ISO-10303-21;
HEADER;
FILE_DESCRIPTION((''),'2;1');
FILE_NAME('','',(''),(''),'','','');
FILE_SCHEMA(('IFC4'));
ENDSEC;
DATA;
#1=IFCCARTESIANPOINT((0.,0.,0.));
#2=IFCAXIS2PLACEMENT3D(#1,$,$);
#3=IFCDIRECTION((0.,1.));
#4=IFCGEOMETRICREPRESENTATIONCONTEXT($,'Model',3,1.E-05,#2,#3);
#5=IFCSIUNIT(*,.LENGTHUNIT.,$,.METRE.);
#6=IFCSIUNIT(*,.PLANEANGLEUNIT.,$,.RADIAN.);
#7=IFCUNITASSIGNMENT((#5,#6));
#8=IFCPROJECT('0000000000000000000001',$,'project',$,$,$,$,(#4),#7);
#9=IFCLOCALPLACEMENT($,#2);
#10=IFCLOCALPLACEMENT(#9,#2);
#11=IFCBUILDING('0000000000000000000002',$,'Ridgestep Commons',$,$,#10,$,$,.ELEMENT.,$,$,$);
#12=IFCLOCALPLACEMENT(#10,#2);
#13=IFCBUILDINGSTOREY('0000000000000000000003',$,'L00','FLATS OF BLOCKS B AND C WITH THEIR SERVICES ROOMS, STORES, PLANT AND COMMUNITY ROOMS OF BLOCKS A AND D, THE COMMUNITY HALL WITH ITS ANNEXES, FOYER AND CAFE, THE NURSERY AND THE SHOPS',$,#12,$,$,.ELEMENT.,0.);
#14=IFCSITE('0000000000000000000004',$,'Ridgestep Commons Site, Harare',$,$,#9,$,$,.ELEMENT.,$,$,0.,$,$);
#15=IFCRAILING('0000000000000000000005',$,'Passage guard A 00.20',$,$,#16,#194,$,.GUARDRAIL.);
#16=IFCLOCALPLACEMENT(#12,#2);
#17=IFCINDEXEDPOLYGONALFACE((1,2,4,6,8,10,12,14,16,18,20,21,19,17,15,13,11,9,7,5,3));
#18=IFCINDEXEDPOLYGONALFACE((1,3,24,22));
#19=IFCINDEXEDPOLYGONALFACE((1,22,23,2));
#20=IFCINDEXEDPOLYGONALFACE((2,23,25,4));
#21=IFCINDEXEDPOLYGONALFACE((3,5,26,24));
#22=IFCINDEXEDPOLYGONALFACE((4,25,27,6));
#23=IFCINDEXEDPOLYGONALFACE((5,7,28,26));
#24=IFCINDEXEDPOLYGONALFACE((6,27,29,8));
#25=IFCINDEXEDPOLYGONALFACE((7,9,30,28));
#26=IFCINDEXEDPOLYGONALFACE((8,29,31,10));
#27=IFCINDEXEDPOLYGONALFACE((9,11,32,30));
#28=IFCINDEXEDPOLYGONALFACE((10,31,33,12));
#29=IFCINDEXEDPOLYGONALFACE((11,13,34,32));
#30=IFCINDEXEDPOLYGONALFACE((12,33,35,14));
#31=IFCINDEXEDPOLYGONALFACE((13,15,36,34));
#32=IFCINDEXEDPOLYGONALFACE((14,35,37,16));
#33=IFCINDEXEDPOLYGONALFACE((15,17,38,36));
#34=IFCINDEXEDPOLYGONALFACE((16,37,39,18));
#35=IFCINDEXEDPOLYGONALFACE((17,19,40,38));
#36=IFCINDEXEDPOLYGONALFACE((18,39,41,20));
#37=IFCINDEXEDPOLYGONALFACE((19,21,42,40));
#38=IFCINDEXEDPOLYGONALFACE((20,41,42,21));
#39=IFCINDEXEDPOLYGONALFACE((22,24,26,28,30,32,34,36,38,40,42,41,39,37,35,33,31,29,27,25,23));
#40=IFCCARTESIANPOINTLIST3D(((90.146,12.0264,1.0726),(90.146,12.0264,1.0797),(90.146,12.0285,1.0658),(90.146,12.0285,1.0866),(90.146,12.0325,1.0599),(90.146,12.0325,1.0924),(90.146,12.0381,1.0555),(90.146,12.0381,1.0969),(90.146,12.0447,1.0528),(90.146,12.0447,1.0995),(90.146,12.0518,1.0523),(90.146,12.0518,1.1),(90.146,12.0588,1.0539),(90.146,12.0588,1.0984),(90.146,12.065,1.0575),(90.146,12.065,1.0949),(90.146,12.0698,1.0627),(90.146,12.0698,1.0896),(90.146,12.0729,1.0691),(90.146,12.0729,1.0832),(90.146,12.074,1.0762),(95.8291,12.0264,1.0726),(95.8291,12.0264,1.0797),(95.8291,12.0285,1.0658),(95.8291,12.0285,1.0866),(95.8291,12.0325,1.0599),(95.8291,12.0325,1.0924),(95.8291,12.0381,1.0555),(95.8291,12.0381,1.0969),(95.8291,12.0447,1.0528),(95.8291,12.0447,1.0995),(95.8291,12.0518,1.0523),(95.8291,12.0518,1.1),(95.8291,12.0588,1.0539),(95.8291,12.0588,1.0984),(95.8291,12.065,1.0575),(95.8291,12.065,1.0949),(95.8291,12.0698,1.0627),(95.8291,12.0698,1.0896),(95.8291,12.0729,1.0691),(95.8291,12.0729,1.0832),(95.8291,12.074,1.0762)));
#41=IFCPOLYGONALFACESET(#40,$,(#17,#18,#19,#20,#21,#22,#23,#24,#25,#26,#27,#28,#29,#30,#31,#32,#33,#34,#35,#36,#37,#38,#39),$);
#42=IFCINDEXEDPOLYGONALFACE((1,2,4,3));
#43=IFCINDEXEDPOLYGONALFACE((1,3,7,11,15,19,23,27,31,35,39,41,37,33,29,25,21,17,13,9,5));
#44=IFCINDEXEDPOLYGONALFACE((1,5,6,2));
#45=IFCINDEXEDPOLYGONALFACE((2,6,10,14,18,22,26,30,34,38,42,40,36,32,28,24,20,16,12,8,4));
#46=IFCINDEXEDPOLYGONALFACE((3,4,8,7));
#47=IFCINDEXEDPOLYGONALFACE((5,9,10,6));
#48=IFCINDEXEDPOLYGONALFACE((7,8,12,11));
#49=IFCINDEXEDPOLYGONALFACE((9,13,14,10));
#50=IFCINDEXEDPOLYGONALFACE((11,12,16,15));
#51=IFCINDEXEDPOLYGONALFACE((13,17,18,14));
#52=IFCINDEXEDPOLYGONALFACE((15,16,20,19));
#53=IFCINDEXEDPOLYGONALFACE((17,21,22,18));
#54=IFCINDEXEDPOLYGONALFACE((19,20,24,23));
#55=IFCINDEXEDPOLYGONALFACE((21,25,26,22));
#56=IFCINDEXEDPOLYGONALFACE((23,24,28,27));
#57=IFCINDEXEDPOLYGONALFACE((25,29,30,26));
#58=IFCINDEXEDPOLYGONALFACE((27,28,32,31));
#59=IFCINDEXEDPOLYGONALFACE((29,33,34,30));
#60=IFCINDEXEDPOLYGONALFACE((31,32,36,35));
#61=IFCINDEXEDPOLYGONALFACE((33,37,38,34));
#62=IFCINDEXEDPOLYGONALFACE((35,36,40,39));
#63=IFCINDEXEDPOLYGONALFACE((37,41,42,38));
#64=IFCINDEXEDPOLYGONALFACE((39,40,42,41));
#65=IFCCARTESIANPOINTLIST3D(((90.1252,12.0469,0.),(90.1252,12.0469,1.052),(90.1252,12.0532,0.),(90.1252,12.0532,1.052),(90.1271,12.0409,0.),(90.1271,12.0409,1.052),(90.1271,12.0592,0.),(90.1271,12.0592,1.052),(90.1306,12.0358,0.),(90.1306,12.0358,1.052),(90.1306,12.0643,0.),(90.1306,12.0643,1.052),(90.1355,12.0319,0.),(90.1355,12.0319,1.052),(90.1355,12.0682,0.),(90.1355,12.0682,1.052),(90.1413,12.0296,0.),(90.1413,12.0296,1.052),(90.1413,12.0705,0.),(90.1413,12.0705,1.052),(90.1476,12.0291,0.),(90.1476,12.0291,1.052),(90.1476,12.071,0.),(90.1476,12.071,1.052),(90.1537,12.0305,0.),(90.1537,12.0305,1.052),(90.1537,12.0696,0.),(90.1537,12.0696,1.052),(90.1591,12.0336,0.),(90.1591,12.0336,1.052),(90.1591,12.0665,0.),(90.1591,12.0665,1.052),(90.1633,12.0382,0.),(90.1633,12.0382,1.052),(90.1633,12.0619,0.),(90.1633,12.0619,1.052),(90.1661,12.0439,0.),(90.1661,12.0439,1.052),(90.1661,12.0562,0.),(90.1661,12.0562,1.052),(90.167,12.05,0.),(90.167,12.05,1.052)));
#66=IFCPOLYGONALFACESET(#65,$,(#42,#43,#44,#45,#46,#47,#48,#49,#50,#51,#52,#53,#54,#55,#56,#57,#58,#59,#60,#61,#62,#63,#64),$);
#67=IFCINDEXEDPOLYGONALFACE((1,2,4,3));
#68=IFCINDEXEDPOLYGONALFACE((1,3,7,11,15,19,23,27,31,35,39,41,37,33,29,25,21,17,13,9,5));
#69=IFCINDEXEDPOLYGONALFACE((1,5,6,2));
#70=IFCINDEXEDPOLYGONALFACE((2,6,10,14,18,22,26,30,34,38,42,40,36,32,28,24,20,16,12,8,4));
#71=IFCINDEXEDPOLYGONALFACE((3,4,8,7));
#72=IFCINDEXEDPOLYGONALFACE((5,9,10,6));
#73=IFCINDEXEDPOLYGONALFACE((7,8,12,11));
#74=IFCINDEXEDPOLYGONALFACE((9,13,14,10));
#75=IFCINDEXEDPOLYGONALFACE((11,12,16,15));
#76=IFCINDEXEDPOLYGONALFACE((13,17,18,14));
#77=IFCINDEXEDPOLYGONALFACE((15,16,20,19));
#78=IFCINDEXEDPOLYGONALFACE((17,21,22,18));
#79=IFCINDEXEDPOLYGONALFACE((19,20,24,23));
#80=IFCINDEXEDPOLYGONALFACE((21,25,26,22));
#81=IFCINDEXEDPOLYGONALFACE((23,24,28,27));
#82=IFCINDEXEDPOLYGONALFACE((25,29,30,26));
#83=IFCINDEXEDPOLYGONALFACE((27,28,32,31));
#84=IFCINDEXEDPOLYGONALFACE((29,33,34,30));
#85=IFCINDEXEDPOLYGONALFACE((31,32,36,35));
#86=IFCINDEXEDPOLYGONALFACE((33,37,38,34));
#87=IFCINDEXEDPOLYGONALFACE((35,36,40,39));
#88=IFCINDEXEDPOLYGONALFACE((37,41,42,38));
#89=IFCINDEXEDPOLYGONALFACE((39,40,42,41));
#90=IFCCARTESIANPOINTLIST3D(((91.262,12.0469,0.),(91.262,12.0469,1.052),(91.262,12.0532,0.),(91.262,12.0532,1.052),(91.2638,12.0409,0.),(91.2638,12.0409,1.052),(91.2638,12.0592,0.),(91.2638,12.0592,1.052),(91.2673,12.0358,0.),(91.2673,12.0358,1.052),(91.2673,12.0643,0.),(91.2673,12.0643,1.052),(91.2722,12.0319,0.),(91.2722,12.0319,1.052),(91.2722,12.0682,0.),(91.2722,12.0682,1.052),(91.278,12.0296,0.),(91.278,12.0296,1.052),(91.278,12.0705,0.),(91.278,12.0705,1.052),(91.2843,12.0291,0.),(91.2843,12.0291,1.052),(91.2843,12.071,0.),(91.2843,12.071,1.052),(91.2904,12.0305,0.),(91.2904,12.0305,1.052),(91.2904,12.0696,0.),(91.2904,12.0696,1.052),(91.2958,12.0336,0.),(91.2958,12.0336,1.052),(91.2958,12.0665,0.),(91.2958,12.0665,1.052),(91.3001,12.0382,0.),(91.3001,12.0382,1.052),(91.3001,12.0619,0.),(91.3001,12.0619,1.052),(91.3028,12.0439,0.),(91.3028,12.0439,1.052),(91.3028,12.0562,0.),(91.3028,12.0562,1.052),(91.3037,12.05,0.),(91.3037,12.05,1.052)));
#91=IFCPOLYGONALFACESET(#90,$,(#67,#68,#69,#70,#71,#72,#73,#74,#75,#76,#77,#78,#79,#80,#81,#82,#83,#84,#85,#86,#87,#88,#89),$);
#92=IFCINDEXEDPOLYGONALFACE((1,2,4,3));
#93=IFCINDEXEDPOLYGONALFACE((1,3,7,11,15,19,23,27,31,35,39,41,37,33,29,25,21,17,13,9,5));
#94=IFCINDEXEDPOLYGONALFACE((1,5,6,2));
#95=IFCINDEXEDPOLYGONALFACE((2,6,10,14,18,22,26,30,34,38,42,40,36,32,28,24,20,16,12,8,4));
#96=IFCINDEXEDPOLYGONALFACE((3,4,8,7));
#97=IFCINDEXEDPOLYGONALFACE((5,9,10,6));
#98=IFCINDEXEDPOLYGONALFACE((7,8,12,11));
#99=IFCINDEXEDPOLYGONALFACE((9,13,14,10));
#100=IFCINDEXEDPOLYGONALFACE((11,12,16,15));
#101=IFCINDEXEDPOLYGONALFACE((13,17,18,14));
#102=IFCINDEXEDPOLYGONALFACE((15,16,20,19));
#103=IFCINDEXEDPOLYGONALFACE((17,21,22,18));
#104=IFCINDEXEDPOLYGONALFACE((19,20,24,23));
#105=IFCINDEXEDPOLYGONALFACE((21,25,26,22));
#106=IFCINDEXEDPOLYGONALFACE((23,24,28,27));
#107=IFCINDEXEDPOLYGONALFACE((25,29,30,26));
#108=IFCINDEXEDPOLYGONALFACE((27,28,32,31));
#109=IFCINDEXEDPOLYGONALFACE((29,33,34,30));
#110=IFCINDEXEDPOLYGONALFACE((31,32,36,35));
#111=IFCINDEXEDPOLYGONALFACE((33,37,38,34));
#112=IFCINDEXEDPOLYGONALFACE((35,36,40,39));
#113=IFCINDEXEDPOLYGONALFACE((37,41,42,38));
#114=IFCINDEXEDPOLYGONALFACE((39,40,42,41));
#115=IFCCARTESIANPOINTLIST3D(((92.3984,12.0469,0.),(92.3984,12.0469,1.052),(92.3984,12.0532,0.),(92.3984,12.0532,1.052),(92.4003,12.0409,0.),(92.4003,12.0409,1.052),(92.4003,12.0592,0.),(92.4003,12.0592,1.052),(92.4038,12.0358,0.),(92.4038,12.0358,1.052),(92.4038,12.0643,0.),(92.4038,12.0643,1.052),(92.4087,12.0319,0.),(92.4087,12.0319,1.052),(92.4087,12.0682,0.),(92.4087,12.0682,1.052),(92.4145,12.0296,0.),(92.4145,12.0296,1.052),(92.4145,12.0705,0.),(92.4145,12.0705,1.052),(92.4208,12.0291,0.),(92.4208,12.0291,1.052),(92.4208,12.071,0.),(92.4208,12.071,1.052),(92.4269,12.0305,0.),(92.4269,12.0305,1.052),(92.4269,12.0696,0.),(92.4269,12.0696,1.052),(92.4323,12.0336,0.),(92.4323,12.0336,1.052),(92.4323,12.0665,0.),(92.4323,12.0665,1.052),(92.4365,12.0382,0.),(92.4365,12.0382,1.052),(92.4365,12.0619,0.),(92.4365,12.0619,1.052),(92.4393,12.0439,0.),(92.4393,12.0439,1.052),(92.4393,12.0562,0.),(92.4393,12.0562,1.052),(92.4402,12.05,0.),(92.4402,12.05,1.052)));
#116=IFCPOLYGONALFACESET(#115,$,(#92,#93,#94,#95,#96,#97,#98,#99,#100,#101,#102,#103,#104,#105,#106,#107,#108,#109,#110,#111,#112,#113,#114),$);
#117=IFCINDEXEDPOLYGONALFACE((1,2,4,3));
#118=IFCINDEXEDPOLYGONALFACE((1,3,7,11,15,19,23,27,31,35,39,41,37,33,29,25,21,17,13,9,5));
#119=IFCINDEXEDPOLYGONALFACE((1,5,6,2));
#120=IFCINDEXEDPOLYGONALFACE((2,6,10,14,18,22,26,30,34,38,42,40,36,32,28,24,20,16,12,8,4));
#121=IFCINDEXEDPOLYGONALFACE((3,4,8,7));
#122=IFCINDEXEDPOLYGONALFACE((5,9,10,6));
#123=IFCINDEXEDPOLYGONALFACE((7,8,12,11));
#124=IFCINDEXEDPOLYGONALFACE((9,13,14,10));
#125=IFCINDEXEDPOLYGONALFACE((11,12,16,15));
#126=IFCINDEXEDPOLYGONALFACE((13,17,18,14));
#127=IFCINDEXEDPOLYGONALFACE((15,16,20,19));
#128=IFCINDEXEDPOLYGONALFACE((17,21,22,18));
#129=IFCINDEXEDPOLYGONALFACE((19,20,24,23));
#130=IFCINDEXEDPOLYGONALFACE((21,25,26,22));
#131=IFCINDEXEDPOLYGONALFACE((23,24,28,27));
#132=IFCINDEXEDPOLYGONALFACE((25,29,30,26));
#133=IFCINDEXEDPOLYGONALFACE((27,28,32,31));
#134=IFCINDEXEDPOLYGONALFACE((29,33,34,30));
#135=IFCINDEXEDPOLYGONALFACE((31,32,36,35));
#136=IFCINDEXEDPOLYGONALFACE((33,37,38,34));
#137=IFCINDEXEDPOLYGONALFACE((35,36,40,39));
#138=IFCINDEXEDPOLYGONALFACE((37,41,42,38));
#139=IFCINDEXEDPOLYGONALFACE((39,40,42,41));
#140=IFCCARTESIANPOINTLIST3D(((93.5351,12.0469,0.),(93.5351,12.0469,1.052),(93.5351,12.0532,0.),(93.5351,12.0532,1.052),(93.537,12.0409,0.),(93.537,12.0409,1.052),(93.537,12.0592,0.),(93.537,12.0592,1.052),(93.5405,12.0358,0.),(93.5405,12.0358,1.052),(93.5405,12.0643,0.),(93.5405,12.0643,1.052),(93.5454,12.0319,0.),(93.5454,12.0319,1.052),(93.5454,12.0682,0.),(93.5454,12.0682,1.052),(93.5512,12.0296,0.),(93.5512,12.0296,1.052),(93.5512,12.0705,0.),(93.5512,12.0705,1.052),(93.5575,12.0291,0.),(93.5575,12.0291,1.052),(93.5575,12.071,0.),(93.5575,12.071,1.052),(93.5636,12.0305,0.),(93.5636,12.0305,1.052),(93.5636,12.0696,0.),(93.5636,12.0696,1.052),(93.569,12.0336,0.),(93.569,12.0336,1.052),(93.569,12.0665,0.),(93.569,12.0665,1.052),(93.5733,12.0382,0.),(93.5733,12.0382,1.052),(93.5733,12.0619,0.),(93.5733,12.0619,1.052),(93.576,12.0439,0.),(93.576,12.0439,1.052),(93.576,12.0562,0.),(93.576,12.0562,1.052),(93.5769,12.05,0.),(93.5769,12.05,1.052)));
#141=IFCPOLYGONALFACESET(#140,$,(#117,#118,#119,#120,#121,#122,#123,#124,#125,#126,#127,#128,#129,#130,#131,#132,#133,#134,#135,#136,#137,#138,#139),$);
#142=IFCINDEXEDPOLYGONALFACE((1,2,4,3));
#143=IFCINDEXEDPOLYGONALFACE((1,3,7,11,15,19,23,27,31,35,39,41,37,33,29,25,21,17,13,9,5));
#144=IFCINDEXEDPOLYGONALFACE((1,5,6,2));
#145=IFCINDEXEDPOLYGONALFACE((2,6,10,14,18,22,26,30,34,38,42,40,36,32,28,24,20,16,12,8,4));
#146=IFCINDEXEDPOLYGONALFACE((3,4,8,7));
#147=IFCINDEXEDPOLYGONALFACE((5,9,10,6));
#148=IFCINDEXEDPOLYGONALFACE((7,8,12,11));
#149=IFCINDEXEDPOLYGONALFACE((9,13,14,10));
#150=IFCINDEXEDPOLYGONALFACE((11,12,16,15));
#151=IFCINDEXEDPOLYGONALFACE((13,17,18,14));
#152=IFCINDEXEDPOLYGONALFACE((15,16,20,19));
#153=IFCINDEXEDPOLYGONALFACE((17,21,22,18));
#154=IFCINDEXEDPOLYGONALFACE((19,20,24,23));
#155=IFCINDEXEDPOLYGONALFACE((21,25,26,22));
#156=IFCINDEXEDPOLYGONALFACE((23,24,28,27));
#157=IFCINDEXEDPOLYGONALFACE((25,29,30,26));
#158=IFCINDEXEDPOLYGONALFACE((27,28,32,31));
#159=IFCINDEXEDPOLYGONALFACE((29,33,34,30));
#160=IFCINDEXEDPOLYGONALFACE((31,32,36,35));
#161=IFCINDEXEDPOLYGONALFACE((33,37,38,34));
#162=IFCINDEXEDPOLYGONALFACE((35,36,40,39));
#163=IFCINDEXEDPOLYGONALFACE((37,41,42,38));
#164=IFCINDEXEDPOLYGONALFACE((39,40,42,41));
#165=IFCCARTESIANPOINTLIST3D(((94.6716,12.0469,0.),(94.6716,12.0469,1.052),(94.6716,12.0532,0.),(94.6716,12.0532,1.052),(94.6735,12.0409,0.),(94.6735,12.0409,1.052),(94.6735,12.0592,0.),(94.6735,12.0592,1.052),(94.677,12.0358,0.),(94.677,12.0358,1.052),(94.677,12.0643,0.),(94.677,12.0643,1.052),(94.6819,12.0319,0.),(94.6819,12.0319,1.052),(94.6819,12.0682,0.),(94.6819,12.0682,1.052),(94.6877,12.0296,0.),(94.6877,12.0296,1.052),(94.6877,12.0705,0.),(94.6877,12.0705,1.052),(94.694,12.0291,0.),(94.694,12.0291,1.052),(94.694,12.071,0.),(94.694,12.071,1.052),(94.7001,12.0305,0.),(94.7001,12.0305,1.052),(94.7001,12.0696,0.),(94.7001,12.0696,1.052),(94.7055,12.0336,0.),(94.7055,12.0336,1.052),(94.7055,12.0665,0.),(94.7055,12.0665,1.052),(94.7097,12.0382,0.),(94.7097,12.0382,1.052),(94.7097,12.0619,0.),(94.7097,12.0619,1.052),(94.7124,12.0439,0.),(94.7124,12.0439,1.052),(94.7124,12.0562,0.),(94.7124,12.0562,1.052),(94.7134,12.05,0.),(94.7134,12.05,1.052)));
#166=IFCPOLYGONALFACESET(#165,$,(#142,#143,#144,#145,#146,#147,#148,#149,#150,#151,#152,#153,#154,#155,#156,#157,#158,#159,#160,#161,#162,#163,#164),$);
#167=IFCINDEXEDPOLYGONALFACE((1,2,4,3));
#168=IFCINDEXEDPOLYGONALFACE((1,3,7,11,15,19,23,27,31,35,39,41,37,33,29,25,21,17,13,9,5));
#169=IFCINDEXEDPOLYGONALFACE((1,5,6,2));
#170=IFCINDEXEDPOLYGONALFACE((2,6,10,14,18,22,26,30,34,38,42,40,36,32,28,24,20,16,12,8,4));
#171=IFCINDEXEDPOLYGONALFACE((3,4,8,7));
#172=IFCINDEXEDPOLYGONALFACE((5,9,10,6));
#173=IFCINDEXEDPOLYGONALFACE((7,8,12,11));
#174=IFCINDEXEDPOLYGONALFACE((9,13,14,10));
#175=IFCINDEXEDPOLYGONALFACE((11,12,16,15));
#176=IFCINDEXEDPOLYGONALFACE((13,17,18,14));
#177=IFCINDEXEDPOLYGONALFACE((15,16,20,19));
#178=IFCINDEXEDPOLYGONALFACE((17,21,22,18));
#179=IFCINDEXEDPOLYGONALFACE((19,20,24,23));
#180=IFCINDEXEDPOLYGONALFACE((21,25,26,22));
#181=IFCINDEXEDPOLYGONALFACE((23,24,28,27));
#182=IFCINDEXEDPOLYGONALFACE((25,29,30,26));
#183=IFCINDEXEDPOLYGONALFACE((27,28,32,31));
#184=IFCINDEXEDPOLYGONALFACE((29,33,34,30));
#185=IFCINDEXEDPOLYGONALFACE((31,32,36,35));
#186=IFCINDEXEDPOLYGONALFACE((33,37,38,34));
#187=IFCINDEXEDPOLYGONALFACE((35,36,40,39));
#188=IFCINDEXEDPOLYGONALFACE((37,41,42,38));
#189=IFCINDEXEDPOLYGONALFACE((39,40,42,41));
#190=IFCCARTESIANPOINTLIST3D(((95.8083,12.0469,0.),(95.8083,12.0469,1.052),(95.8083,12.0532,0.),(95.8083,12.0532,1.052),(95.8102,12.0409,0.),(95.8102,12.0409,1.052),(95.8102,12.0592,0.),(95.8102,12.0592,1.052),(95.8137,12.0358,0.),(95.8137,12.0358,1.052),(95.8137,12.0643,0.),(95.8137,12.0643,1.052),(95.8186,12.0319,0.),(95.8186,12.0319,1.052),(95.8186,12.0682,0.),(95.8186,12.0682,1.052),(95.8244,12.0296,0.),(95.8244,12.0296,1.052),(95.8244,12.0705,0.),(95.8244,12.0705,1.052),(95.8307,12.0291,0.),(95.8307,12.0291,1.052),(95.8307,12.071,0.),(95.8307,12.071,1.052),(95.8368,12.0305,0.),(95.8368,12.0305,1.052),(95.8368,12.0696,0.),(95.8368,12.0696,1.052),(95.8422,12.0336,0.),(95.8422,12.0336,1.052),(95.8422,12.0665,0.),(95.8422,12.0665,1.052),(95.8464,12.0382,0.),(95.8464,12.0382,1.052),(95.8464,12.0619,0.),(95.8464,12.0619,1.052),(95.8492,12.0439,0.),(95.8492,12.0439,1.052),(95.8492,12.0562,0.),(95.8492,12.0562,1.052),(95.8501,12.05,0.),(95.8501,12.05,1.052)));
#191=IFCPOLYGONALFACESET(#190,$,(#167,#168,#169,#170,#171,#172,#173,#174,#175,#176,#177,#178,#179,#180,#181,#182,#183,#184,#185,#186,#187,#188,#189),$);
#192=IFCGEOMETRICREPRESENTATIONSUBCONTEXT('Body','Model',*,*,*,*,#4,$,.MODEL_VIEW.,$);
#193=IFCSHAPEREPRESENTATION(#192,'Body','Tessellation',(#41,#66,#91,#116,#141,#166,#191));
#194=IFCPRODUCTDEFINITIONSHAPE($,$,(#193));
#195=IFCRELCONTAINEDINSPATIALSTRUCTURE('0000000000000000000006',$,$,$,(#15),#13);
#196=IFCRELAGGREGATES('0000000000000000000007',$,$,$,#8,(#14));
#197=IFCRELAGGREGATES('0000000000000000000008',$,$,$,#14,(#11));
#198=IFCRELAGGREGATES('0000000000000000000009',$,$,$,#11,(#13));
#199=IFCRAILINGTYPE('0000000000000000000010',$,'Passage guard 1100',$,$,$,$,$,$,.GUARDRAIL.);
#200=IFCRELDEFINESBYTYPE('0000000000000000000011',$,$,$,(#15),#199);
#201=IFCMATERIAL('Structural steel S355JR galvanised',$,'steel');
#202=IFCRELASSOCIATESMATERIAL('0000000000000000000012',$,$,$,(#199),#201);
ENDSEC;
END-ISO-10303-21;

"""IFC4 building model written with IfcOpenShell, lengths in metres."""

from ifc_helpers import new_model, si_unit, direction, frame, origin, origin_2d, place, context, subcontext, project, spatial, circle, extrude, material, type_object, element, save


model = new_model("IFC4")

# Units and contexts
model_context = context("Model", 3, precision=1e-05, world=origin(), true_north=direction((0.0, 1.0)))
body_context = subcontext(model_context, "Body", "Model", "MODEL_VIEW")
ifc_project = project(units=[si_unit("LENGTHUNIT", "METRE"), si_unit("PLANEANGLEUNIT", "RADIAN")], contexts=[model_context])

# Site, building, storey
site_placement = place(None, origin())
site = spatial("IfcSite", under=ifc_project, at=site_placement, Name="Ridgestep Commons Site, Harare", CompositionType="ELEMENT", RefElevation=0.0)
building_placement = place(site_placement, origin())
building = spatial("IfcBuilding", under=site, at=building_placement, Name="Ridgestep Commons", CompositionType="ELEMENT")
storey_placement = place(building_placement, origin())
storey = spatial("IfcBuildingStorey", under=building, at=storey_placement, Name="L00", Description="FLATS OF BLOCKS B AND C WITH THEIR SERVICES ROOMS, STORES, PLANT AND COMMUNITY ROOMS OF BLOCKS A AND D, THE COMMUNITY HALL WITH ITS ANNEXES, FOYER AND CAFE, THE NURSERY AND THE SHOPS", CompositionType="ELEMENT", Elevation=0.0)

# Railing
ifc_material_1 = material(Name="Structural steel S355JR galvanised", Category="steel")
railing_type = type_object("IfcRailingType", Name="Passage guard 1100", PredefinedType="GUARDRAIL", material=ifc_material_1)
railing_1_placement = place(storey_placement, frame((90.146, 12.05, 0.0)))
element("IfcRailing", 1, at=railing_1_placement, inside=storey, type_object=railing_type, Name="Passage guard A 00.20", PredefinedType="GUARDRAIL", context=body_context, shape_type="SweptSolid", body=[
    extrude(circle(Radius=0.0239, at=origin_2d()), frame((0.0, 0.0, 1.0762), z_axis=(1.0, 0.0, 0.0), x_axis=(0.0, 1.0, 0.0)), (0.0, 0.0, 1.0), 5.6831),
    extrude(circle(Radius=0.021, at=origin_2d()), origin(), (0.0, 0.0, 1.0), 1.052),
    extrude(circle(Radius=0.021, at=origin_2d()), frame((1.1367, 0.0, 0.0)), (0.0, 0.0, 1.0), 1.052),
    extrude(circle(Radius=0.021, at=origin_2d()), frame((2.2732, 0.0, 0.0)), (0.0, 0.0, 1.0), 1.052),
    extrude(circle(Radius=0.021, at=origin_2d()), frame((3.4099, 0.0, 0.0)), (0.0, 0.0, 1.0), 1.052),
    extrude(circle(Radius=0.021, at=origin_2d()), frame((4.5464, 0.0, 0.0)), (0.0, 0.0, 1.0), 1.052),
    extrude(circle(Radius=0.021, at=origin_2d()), frame((5.6831, 0.0, 0.0)), (0.0, 0.0, 1.0), 1.052),
])

save(model, "model.ifc")
